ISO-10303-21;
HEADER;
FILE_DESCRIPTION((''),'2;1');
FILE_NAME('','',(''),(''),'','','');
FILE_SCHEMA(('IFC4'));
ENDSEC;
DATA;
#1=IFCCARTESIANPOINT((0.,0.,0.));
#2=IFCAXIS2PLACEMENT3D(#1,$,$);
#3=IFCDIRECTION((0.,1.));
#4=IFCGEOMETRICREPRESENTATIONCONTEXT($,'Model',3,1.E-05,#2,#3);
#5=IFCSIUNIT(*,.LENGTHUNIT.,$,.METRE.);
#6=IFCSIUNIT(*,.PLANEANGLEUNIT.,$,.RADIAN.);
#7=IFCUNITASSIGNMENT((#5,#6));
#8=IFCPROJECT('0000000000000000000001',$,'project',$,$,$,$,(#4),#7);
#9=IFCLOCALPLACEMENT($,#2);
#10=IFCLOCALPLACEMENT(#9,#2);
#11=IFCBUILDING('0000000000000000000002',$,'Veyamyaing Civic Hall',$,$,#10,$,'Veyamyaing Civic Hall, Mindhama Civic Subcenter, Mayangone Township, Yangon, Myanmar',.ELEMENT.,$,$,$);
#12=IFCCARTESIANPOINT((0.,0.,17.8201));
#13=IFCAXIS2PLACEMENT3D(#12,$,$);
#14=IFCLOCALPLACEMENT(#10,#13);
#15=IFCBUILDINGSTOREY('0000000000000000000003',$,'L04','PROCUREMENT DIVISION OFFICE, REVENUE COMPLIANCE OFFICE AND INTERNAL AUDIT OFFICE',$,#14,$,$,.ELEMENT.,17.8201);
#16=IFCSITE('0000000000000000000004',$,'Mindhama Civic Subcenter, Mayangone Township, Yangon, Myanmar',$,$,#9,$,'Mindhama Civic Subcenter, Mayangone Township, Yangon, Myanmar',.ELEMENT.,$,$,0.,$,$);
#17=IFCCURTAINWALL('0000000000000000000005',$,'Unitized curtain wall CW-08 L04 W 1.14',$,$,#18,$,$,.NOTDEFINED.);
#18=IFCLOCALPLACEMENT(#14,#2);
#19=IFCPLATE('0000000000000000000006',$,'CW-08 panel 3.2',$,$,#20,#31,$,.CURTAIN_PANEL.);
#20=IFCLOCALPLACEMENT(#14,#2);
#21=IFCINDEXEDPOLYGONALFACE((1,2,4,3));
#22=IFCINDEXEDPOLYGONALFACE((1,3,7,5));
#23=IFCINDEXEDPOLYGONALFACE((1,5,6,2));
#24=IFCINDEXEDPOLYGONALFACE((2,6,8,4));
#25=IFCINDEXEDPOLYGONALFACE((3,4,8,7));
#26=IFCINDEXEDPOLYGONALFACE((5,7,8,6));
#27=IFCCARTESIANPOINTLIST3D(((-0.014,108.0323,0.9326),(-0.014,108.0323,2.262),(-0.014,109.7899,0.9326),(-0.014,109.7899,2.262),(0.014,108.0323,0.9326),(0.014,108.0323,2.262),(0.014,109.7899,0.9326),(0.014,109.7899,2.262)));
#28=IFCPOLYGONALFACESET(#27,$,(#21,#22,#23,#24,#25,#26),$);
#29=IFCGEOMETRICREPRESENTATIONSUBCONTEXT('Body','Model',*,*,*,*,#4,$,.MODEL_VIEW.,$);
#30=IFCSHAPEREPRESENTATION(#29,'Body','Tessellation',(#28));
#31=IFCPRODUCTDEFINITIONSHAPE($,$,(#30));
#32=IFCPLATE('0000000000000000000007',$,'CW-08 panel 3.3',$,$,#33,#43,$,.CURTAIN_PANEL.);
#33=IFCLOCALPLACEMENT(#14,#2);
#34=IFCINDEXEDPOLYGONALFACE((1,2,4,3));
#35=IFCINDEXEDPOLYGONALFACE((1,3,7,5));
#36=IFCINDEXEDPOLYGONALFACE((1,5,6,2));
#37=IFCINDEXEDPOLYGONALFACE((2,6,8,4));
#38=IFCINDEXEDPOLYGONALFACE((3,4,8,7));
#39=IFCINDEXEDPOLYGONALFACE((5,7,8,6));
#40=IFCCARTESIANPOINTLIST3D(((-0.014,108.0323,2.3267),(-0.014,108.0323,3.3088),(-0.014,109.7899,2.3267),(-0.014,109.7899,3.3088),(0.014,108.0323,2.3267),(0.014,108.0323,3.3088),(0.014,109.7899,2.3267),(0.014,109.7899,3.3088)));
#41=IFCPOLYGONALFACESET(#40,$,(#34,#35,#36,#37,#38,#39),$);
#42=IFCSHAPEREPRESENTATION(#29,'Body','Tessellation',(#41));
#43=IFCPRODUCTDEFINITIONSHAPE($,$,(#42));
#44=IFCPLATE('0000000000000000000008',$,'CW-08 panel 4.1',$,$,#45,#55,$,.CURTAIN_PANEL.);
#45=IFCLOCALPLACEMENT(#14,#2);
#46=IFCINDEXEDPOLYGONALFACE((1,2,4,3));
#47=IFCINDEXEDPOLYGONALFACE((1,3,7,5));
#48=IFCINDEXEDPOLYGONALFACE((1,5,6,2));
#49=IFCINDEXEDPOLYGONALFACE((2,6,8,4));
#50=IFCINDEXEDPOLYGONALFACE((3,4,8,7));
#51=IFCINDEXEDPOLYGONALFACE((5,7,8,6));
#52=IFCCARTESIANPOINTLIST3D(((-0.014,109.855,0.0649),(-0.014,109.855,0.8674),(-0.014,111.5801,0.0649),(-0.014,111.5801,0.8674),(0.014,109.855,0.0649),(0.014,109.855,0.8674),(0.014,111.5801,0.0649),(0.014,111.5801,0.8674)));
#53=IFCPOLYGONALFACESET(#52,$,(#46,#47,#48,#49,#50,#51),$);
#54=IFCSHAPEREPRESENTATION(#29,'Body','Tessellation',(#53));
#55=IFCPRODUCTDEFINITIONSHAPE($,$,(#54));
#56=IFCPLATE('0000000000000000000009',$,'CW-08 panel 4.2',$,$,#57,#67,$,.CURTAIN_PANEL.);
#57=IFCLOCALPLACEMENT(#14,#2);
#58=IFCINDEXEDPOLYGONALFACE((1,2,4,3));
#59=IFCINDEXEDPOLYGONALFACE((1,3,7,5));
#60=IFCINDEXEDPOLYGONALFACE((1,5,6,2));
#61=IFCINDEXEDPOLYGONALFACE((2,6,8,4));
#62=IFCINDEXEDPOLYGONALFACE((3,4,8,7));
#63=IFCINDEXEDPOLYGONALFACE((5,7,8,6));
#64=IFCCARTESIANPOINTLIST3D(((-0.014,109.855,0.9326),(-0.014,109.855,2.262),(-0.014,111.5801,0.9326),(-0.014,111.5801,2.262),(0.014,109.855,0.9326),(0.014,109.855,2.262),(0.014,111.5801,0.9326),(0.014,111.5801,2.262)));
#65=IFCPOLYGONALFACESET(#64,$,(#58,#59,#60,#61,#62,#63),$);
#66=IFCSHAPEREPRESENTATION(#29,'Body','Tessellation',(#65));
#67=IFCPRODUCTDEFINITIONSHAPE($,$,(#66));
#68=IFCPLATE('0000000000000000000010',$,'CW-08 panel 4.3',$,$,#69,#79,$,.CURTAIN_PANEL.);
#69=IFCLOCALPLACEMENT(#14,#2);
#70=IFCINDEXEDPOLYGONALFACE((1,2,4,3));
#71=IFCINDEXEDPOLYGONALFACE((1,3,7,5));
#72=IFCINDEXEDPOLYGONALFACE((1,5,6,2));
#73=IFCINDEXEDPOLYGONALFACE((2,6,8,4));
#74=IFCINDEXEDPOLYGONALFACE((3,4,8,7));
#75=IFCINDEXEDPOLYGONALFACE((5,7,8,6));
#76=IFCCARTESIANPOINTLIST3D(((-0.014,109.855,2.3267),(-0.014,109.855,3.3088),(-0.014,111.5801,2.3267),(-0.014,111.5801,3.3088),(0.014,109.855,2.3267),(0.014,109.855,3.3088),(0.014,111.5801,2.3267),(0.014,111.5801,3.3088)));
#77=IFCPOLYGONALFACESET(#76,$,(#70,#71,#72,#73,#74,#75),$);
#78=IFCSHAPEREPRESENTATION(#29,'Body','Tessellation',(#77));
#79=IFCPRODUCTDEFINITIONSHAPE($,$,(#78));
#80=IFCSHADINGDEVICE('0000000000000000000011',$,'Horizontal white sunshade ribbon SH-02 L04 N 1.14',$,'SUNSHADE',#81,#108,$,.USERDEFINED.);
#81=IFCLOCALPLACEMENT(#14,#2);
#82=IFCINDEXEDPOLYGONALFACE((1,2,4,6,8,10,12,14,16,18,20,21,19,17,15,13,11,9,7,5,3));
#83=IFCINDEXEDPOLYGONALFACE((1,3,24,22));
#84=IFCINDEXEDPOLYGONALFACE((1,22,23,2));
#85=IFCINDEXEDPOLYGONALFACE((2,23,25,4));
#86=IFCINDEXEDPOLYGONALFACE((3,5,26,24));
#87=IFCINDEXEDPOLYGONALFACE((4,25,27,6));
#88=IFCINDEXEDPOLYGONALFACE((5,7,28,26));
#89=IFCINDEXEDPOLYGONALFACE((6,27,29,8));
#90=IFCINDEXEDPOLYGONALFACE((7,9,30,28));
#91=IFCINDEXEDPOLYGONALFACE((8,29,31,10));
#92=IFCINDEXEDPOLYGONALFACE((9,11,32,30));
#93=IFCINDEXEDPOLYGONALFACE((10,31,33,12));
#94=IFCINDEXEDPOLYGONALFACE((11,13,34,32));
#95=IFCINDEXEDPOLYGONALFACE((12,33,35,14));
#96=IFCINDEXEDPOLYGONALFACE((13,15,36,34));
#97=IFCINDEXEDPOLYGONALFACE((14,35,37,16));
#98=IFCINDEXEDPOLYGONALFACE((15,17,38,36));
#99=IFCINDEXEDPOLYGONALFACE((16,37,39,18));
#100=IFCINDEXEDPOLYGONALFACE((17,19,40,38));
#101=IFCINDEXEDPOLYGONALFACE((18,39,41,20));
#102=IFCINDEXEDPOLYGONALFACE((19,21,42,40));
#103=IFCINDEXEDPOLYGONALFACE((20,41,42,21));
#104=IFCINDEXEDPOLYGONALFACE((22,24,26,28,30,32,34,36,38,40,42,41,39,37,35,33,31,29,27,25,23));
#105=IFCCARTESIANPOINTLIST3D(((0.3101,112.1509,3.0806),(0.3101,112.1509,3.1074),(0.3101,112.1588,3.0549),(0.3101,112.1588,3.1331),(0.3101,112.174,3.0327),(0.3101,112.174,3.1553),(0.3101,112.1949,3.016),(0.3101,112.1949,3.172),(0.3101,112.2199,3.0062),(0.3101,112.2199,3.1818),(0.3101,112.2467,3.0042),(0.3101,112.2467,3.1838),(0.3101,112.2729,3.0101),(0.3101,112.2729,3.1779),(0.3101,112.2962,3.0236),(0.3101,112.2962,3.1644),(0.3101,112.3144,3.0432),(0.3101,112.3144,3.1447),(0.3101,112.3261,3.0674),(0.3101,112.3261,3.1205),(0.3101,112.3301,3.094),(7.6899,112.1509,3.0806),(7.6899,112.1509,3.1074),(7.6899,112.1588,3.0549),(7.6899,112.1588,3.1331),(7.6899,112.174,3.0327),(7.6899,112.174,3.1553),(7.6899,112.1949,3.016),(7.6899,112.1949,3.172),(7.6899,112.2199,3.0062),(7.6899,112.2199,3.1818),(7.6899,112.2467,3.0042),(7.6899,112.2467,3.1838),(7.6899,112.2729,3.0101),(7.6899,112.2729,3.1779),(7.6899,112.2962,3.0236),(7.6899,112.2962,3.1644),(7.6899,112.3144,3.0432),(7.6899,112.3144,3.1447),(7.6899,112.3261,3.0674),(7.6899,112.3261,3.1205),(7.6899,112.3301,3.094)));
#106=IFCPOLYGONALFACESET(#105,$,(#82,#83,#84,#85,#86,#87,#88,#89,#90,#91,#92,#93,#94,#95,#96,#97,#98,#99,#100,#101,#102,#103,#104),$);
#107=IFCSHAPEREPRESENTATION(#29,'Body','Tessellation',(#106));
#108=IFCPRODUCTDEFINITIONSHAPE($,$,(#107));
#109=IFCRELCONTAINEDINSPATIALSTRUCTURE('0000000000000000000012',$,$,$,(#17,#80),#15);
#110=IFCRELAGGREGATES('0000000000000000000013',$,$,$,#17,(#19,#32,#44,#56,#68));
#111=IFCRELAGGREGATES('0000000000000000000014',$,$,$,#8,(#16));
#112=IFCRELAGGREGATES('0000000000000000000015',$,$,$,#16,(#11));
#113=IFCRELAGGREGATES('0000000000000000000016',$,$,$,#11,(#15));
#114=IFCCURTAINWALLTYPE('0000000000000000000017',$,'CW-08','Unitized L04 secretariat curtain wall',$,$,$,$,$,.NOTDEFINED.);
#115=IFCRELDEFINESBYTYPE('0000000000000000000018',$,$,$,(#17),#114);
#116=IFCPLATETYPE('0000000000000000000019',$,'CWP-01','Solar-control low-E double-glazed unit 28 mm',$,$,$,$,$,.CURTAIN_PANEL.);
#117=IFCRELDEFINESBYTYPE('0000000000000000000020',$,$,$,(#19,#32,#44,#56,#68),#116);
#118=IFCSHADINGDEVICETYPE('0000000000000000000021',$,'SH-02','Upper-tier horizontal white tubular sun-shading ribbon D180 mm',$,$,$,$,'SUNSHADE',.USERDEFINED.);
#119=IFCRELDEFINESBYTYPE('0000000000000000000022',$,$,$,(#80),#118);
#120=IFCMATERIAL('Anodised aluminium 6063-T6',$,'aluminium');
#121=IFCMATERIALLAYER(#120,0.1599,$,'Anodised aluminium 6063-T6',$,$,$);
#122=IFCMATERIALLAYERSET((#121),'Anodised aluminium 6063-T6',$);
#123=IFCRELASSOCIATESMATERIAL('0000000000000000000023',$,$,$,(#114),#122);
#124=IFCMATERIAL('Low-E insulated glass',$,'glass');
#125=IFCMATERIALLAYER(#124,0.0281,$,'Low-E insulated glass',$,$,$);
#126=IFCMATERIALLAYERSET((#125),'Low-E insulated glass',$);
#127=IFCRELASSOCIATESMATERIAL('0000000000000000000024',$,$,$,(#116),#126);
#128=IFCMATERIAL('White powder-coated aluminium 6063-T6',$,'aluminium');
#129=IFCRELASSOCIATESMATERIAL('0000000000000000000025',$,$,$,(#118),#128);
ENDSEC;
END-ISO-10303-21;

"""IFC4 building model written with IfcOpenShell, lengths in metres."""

from ifc_helpers import new_model, si_unit, direction, frame, origin, origin_2d, place, context, subcontext, project, spatial, rectangle, circle, extrude, material, layer, layer_set, material_profile, profile_set, type_object, element, aggregate, save


model = new_model("IFC4")

# Units and contexts
model_context = context("Model", 3, precision=1e-05, world=origin(), true_north=direction((0.0, 1.0)))
body_context = subcontext(model_context, "Body", "Model", "MODEL_VIEW")
ifc_project = project(units=[si_unit("LENGTHUNIT", "METRE"), si_unit("PLANEANGLEUNIT", "RADIAN")], contexts=[model_context])

# Site, building, storey
site_placement = place(None, origin())
site = spatial("IfcSite", under=ifc_project, at=site_placement, Name="Mindhama Civic Subcenter, Mayangone Township, Yangon, Myanmar", LongName="Mindhama Civic Subcenter, Mayangone Township, Yangon, Myanmar", CompositionType="ELEMENT", RefElevation=0.0)
building_placement = place(site_placement, origin())
building = spatial("IfcBuilding", under=site, at=building_placement, Name="Veyamyaing Civic Hall", LongName="Veyamyaing Civic Hall, Mindhama Civic Subcenter, Mayangone Township, Yangon, Myanmar", CompositionType="ELEMENT")
storey_placement = place(building_placement, frame((0.0, 0.0, 17.8201)))
storey = spatial("IfcBuildingStorey", under=building, at=storey_placement, Name="L04", Description="PROCUREMENT DIVISION OFFICE, REVENUE COMPLIANCE OFFICE AND INTERNAL AUDIT OFFICE", CompositionType="ELEMENT", Elevation=17.8201)

# Shared definitions
ifc_material_1 = material(Name="Anodised aluminium 6063-T6", Category="aluminium")
ifc_layer_1 = layer(ifc_material_1, 0.1599, Name="Anodised aluminium 6063-T6")
ifc_layer_set_1 = layer_set([ifc_layer_1], Name="Anodised aluminium 6063-T6")
curtain_wall_type = type_object("IfcCurtainWallType", Name="CW-08", Description="Unitized L04 secretariat curtain wall", PredefinedType="NOTDEFINED", material=ifc_layer_set_1)

# Curtain wall
curtain_wall_1_placement = place(storey_placement, origin())
curtain_wall_1 = element("IfcCurtainWall", 1, at=curtain_wall_1_placement, inside=storey, type_object=curtain_wall_type, Name="Unitized curtain wall CW-08 L04 W 1.14", PredefinedType="NOTDEFINED")

# Plates
ifc_material_2 = material(Name="Low-E insulated glass", Category="glass")
ifc_layer_2 = layer(ifc_material_2, 0.0281, Name="Low-E insulated glass")
ifc_layer_set_2 = layer_set([ifc_layer_2], Name="Low-E insulated glass")
plate_type = type_object("IfcPlateType", Name="CWP-01", Description="Solar-control low-E double-glazed unit 28 mm", PredefinedType="CURTAIN_PANEL", material=ifc_layer_set_2)
plate_1_placement = place(storey_placement, frame((0.0, 108.9111, 0.9326), z_axis=(0.0, 0.0, 1.0), x_axis=(0.0, 1.0, 0.0)))
plate_1 = element("IfcPlate", 2, at=plate_1_placement, type_object=plate_type, Name="CW-08 panel 3.2", PredefinedType="CURTAIN_PANEL", context=body_context, shape_type="SweptSolid", body=[
    extrude(rectangle(XDim=1.7576, YDim=0.0281, at=origin_2d()), origin(), (0.0, 0.0, 1.0), 1.3293),
])
plate_2_placement = place(storey_placement, frame((0.0, 108.9111, 2.3267), z_axis=(0.0, 0.0, 1.0), x_axis=(0.0, 1.0, 0.0)))
plate_2 = element("IfcPlate", 3, at=plate_2_placement, type_object=plate_type, Name="CW-08 panel 3.3", PredefinedType="CURTAIN_PANEL", context=body_context, shape_type="SweptSolid", body=[
    extrude(rectangle(XDim=1.7576, YDim=0.0281, at=origin_2d()), origin(), (0.0, 0.0, 1.0), 0.9822),
])
plate_3_placement = place(storey_placement, frame((0.0, 110.7175, 0.0649), z_axis=(0.0, 0.0, 1.0), x_axis=(0.0, 1.0, 0.0)))
plate_3 = element("IfcPlate", 4, at=plate_3_placement, type_object=plate_type, Name="CW-08 panel 4.1", PredefinedType="CURTAIN_PANEL", context=body_context, shape_type="SweptSolid", body=[
    extrude(rectangle(XDim=1.7251, YDim=0.0281, at=origin_2d()), origin(), (0.0, 0.0, 1.0), 0.8025),
])
plate_4_placement = place(storey_placement, frame((0.0, 110.7175, 0.9326), z_axis=(0.0, 0.0, 1.0), x_axis=(0.0, 1.0, 0.0)))
plate_4 = element("IfcPlate", 5, at=plate_4_placement, type_object=plate_type, Name="CW-08 panel 4.2", PredefinedType="CURTAIN_PANEL", context=body_context, shape_type="SweptSolid", body=[
    extrude(rectangle(XDim=1.7251, YDim=0.0281, at=origin_2d()), origin(), (0.0, 0.0, 1.0), 1.3293),
])
plate_5_placement = place(storey_placement, frame((0.0, 110.7175, 2.3267), z_axis=(0.0, 0.0, 1.0), x_axis=(0.0, 1.0, 0.0)))
plate_5 = element("IfcPlate", 6, at=plate_5_placement, type_object=plate_type, Name="CW-08 panel 4.3", PredefinedType="CURTAIN_PANEL", context=body_context, shape_type="SweptSolid", body=[
    extrude(rectangle(XDim=1.7251, YDim=0.0281, at=origin_2d()), origin(), (0.0, 0.0, 1.0), 0.9822),
])
aggregate(curtain_wall_1, [plate_1, plate_2, plate_3, plate_4, plate_5])

# Shading device
ifc_material_3 = material(Name="White powder-coated aluminium 6063-T6", Category="aluminium")
ifc_material_profile_1 = material_profile(ifc_material_3, circle(Radius=0.0901, at=origin_2d()), Name="SHADE-TUBE-180")
ifc_profile_set_1 = profile_set([ifc_material_profile_1], Name="White powder-coated aluminium 6063-T6")
shading_device_type = type_object("IfcShadingDeviceType", Name="SH-02", Description="Upper-tier horizontal white tubular sun-shading ribbon D180 mm", ElementType="SUNSHADE", PredefinedType="USERDEFINED", material=ifc_profile_set_1)
shading_device_placement = place(storey_placement, frame((0.3101, 112.24, 3.094), z_axis=(1.0, 0.0, 0.0), x_axis=(0.0, 1.0, 0.0)))
element("IfcShadingDevice", 7, at=shading_device_placement, inside=storey, type_object=shading_device_type, Name="Horizontal white sunshade ribbon SH-02 L04 N 1.14", ObjectType="SUNSHADE", PredefinedType="USERDEFINED", context=body_context, shape_type="SweptSolid", body=[
    extrude(circle(Radius=0.0901, at=origin_2d()), origin(), (0.0, 0.0, 1.0), 7.3799),
])

save(model, "model.ifc")
